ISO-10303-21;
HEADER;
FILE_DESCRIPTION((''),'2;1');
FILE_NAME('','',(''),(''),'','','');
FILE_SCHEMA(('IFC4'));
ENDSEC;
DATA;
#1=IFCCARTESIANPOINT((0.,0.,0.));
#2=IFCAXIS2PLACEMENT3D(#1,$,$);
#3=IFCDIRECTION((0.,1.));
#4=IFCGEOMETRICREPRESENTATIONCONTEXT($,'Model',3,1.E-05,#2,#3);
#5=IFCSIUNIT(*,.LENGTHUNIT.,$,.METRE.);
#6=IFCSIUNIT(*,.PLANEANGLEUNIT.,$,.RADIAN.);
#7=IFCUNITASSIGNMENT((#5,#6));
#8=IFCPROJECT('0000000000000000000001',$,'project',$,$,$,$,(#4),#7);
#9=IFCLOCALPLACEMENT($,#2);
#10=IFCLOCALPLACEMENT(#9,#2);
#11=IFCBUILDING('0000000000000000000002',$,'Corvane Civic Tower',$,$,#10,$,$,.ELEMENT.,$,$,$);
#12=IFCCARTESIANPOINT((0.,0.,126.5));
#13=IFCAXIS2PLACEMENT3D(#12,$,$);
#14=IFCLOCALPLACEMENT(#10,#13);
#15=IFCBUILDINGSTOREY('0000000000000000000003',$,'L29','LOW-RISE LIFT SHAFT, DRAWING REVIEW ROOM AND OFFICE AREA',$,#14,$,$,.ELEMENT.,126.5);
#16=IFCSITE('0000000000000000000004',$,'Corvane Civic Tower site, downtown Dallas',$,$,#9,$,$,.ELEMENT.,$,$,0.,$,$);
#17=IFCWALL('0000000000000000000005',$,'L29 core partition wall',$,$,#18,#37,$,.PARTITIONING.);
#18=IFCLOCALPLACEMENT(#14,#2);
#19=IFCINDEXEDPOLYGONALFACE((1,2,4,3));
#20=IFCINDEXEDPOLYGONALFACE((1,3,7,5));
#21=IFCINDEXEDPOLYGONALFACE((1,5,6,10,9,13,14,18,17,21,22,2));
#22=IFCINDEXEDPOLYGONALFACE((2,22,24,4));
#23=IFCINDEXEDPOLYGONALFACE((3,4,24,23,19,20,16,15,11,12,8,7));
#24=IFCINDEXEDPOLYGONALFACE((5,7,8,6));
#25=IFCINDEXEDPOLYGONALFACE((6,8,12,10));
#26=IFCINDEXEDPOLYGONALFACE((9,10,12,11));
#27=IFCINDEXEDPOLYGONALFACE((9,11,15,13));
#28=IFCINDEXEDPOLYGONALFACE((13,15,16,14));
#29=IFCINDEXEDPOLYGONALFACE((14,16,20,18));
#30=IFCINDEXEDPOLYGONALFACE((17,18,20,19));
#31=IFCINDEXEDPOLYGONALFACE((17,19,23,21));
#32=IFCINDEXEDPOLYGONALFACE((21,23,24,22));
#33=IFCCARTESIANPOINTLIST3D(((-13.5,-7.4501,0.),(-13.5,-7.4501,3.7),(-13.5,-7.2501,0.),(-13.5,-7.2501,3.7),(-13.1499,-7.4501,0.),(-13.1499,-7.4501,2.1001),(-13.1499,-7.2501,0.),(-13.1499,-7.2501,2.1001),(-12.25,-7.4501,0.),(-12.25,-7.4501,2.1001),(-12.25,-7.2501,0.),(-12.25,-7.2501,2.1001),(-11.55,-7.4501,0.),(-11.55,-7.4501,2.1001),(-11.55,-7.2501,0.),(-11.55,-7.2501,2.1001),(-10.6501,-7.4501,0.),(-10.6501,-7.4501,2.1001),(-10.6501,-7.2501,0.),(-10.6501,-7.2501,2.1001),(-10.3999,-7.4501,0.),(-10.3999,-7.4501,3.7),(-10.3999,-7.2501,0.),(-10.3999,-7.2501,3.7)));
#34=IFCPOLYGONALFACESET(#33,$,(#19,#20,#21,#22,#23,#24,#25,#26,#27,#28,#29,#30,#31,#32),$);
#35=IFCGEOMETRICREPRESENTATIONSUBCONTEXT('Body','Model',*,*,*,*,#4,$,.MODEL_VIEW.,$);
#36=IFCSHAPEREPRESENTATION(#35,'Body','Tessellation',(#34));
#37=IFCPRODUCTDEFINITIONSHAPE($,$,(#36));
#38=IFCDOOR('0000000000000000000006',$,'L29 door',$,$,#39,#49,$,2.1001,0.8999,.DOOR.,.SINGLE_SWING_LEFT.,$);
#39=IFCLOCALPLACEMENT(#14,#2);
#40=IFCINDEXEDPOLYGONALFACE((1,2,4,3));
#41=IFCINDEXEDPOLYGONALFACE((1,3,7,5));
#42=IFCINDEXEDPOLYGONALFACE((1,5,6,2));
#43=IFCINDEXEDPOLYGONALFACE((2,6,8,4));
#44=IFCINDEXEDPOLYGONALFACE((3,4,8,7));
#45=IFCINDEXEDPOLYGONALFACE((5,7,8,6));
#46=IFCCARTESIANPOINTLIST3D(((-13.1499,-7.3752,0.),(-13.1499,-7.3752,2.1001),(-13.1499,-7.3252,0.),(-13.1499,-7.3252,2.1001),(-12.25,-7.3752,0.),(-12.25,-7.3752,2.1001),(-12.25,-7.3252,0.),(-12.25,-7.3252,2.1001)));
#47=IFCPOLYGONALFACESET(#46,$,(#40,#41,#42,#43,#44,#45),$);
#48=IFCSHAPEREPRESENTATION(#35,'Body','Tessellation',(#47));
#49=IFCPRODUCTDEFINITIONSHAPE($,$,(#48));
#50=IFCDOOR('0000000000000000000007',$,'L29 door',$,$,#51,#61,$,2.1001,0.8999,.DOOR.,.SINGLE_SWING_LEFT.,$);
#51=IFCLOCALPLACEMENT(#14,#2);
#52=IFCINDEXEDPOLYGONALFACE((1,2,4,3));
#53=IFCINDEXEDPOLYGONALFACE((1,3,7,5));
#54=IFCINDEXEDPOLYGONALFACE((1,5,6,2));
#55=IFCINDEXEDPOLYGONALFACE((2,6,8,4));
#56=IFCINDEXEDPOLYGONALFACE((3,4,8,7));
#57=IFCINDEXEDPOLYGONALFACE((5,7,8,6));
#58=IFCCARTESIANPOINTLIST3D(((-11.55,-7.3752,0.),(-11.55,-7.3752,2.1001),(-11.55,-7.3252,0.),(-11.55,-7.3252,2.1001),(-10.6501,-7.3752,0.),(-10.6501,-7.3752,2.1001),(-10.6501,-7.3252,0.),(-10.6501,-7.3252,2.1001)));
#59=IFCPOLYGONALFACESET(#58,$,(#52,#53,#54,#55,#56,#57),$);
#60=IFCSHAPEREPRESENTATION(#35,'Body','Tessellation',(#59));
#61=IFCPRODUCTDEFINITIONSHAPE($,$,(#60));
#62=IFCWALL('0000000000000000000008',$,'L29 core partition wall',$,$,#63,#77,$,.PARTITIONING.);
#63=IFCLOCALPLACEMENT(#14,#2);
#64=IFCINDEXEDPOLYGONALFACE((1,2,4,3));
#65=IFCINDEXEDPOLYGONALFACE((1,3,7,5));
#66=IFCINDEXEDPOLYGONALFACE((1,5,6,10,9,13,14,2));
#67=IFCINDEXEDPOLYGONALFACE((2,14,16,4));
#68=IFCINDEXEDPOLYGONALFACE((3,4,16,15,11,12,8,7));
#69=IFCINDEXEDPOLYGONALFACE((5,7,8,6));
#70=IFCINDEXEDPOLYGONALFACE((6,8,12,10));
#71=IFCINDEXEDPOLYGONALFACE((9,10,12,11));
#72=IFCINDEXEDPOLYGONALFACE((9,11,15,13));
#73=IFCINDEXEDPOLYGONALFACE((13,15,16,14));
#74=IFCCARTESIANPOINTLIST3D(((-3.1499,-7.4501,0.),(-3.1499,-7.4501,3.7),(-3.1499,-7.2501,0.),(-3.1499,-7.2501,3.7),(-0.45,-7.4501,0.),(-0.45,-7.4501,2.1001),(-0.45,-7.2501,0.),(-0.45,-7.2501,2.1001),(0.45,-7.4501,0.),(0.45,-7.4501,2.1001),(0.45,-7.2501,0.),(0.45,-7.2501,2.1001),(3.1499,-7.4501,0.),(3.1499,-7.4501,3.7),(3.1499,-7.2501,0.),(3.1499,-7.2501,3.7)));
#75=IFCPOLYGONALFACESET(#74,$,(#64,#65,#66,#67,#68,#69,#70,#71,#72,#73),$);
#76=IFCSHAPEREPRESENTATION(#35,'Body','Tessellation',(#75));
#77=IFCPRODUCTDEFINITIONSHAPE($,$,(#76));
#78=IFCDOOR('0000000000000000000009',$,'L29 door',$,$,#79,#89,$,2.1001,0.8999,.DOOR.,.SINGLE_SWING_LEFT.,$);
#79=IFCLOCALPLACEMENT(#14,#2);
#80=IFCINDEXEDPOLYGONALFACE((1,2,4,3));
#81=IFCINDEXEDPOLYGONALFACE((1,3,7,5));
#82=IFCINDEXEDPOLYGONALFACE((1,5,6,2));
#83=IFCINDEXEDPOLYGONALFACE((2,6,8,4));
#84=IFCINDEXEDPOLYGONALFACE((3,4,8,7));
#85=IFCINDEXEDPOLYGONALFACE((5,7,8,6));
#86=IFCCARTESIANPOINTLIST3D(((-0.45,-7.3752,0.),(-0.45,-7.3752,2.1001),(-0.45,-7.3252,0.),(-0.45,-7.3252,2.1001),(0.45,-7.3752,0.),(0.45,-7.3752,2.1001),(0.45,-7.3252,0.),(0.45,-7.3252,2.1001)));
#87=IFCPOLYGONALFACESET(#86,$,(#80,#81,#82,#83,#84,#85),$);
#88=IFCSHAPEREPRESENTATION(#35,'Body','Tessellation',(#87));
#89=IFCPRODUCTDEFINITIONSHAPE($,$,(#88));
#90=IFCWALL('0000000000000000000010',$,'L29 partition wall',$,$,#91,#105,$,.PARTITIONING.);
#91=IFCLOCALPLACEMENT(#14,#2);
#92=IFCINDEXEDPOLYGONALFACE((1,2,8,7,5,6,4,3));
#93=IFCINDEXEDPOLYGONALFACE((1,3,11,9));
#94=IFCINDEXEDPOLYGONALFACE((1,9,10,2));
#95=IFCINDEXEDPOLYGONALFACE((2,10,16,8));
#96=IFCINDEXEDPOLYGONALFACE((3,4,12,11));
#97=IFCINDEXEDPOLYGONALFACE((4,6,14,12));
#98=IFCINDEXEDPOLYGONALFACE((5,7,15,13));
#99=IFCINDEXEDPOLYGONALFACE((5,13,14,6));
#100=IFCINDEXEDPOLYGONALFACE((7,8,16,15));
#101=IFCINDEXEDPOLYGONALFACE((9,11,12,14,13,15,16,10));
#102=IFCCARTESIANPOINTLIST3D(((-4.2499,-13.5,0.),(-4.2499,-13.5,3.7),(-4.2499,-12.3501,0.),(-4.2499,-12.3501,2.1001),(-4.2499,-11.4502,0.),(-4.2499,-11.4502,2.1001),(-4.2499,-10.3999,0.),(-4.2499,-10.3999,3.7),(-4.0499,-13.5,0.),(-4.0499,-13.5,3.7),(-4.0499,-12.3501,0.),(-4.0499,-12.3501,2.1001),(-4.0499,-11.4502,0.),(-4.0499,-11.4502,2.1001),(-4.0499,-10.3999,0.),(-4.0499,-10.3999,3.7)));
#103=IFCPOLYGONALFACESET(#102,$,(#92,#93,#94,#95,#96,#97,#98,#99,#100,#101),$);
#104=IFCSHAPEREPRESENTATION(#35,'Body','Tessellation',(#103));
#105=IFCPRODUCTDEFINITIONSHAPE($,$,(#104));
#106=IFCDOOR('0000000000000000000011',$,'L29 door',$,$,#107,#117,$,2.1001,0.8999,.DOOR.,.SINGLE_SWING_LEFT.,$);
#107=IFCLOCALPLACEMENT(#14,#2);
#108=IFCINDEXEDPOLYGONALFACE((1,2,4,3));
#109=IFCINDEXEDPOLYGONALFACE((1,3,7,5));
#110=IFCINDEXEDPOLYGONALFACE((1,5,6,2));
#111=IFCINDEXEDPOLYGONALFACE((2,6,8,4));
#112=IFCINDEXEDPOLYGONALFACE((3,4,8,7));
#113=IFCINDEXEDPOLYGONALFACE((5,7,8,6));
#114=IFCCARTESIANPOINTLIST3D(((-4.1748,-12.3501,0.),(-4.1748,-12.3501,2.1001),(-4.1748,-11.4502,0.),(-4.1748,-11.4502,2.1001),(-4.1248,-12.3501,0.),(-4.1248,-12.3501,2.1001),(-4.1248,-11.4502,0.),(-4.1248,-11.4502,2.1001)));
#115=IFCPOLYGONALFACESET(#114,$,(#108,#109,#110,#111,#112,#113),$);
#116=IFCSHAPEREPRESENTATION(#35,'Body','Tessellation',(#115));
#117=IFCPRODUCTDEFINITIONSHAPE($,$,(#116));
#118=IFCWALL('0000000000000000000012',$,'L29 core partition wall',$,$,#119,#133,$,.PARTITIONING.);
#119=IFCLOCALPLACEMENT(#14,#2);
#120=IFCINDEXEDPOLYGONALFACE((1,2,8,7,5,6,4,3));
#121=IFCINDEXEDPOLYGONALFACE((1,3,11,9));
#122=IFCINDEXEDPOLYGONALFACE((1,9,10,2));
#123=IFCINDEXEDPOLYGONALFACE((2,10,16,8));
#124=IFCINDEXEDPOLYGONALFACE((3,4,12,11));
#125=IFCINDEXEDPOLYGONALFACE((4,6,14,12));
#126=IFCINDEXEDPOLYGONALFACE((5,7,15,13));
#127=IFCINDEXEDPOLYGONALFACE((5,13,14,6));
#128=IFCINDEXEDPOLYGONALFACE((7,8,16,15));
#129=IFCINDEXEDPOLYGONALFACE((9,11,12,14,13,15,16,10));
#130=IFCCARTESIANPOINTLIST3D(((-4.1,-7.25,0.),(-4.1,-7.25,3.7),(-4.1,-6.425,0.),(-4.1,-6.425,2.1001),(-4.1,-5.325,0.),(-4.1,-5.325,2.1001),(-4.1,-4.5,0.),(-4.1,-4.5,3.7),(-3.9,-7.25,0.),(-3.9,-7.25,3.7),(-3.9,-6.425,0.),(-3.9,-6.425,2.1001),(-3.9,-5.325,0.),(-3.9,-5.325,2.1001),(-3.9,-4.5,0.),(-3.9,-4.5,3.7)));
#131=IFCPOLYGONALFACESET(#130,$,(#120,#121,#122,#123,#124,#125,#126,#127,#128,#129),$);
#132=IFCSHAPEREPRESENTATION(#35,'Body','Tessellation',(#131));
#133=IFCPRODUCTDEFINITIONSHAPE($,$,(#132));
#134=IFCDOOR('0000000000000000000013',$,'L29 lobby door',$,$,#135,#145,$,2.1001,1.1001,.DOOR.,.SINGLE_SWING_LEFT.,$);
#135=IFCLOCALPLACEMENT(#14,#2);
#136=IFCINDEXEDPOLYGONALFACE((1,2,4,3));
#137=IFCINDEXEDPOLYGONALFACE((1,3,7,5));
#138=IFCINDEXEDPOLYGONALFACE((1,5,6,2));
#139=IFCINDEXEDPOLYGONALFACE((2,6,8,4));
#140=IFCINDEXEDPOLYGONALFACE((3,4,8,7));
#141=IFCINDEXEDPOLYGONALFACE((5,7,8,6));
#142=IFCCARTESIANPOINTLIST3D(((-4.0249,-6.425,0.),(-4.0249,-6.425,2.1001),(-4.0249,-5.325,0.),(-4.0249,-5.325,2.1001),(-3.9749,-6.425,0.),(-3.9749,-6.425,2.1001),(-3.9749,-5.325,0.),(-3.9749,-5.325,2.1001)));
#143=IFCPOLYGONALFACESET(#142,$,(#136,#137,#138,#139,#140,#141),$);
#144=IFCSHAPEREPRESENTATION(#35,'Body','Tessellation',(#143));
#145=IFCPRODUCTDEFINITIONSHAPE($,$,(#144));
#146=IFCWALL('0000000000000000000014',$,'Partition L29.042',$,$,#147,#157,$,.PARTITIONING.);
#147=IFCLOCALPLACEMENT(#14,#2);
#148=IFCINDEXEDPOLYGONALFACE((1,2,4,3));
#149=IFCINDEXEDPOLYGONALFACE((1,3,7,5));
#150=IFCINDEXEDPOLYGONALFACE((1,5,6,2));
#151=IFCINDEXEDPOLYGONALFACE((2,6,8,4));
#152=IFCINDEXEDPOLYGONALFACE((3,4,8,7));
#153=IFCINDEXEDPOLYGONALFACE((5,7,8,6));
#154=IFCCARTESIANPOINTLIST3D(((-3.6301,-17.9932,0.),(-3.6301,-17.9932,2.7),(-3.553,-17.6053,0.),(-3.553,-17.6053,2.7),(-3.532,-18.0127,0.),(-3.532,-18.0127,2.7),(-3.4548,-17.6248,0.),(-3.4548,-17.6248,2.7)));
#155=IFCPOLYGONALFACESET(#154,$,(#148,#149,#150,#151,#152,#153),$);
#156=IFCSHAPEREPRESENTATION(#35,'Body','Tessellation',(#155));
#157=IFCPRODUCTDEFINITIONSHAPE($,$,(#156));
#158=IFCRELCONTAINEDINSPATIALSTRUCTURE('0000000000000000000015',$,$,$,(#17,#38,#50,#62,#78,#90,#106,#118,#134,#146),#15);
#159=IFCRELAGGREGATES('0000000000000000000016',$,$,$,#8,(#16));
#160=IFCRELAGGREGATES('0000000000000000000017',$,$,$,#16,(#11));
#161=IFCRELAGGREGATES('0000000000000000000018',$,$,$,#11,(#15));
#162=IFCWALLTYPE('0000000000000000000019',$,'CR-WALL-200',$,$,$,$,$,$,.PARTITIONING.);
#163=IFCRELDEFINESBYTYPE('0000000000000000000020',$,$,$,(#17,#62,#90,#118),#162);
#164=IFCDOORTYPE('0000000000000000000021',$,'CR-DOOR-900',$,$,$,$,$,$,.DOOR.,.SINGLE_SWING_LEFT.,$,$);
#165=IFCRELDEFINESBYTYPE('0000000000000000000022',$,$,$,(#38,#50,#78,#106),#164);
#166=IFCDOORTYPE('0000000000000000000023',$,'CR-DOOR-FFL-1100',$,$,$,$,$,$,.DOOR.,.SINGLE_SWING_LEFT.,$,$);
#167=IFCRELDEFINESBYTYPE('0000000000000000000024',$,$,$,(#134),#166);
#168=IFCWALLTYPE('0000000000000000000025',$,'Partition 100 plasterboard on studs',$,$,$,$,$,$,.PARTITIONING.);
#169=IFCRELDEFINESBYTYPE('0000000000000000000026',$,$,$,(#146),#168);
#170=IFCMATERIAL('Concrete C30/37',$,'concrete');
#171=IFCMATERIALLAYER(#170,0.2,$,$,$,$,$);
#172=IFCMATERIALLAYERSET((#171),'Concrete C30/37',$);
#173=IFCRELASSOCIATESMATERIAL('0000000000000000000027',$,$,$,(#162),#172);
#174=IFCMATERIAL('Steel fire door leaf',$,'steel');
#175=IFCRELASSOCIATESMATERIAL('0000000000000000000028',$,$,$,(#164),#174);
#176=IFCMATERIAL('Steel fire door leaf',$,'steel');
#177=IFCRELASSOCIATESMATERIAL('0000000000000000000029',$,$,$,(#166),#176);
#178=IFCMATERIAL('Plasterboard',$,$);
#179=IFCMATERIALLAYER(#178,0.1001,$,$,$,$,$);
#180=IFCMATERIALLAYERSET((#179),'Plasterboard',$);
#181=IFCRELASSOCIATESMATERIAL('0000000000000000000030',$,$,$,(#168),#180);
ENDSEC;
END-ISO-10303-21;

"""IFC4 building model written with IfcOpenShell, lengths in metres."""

from ifc_helpers import new_model, si_unit, direction, frame, frame_2d, origin, place, context, subcontext, project, spatial, rectangle, extrude, material, layer, layer_set, type_object, element, fill, save


model = new_model("IFC4")

# Units and contexts
model_context = context("Model", 3, precision=1e-05, world=origin(), true_north=direction((0.0, 1.0)))
body_context = subcontext(model_context, "Body", "Model", "MODEL_VIEW")
ifc_project = project(units=[si_unit("LENGTHUNIT", "METRE"), si_unit("PLANEANGLEUNIT", "RADIAN")], contexts=[model_context])

# Site, building, storey
site_placement = place(None, origin())
site = spatial("IfcSite", under=ifc_project, at=site_placement, Name="Corvane Civic Tower site, downtown Dallas", CompositionType="ELEMENT", RefElevation=0.0)
building_placement = place(site_placement, origin())
building = spatial("IfcBuilding", under=site, at=building_placement, Name="Corvane Civic Tower", CompositionType="ELEMENT")
storey_placement = place(building_placement, frame((0.0, 0.0, 126.5)))
storey = spatial("IfcBuildingStorey", under=building, at=storey_placement, Name="L29", Description="LOW-RISE LIFT SHAFT, DRAWING REVIEW ROOM AND OFFICE AREA", CompositionType="ELEMENT", Elevation=126.5)

# Shared definitions
ifc_material_1 = material(Name="Concrete C30/37", Category="concrete")
ifc_layer_1 = layer(ifc_material_1, 0.2)
ifc_layer_set_1 = layer_set([ifc_layer_1], Name="Concrete C30/37")
wall_type_1 = type_object("IfcWallType", Name="CR-WALL-200", PredefinedType="PARTITIONING", material=ifc_layer_set_1)
ifc_material_2 = material(Name="Steel fire door leaf", Category="steel")
door_type_1 = type_object("IfcDoorType", Name="CR-DOOR-900", OperationType="SINGLE_SWING_LEFT", PredefinedType="DOOR", material=ifc_material_2)

# Wall, openings, doors
wall_1_placement = place(storey_placement, frame((-13.5, -7.3501, 0.0), z_axis=(0.0, 0.0, 1.0), x_axis=(1.0, 0.0, 0.0)))
wall_1 = element("IfcWall", 1, at=wall_1_placement, inside=storey, type_object=wall_type_1, Name="L29 core partition wall", PredefinedType="PARTITIONING", context=body_context, shape_type="SweptSolid", body=[
    extrude(rectangle(XDim=3.1001, YDim=0.2, at=frame_2d((1.55, 0.0))), origin(), (0.0, 0.0, 1.0), 3.7),
])
opening_1_placement = place(wall_1_placement, frame((0.3501, 0.0, 0.0)))
opening_1 = element("IfcOpeningElement", 2, at=opening_1_placement, cuts=wall_1, PredefinedType="OPENING", context=body_context, shape_type="SweptSolid", body=[
    extrude(rectangle(XDim=0.8999, YDim=2.1001, at=frame_2d((0.45, 1.05))), frame((0.0, 0.1099, 0.0), z_axis=(0.0, -1.0, 0.0), x_axis=(1.0, 0.0, 0.0)), (0.0, 0.0, 1.0), 0.22),
])
opening_2_placement = place(wall_1_placement, frame((1.95, 0.0, 0.0)))
opening_2 = element("IfcOpeningElement", 3, at=opening_2_placement, cuts=wall_1, PredefinedType="OPENING", context=body_context, shape_type="SweptSolid", body=[
    extrude(rectangle(XDim=0.8999, YDim=2.1001, at=frame_2d((0.45, 1.05))), frame((0.0, 0.1099, 0.0), z_axis=(0.0, -1.0, 0.0), x_axis=(1.0, 0.0, 0.0)), (0.0, 0.0, 1.0), 0.22),
])
door_1_placement = place(opening_1_placement, origin())
door_1 = element("IfcDoor", 4, at=door_1_placement, inside=storey, type_object=door_type_1, Name="L29 door", OperationType="SINGLE_SWING_LEFT", OverallHeight=2.1001, OverallWidth=0.8999, PredefinedType="DOOR", context=body_context, shape_type="SweptSolid", body=[
    extrude(rectangle(XDim=0.8999, YDim=2.1001, at=frame_2d((0.45, 1.05))), frame((0.0, 0.0249, 0.0), z_axis=(0.0, -1.0, 0.0), x_axis=(1.0, 0.0, 0.0)), (0.0, 0.0, 1.0), 0.05),
])
fill(opening_1, door_1)
door_2_placement = place(opening_2_placement, origin())
door_2 = element("IfcDoor", 5, at=door_2_placement, inside=storey, type_object=door_type_1, Name="L29 door", OperationType="SINGLE_SWING_LEFT", OverallHeight=2.1001, OverallWidth=0.8999, PredefinedType="DOOR", context=body_context, shape_type="SweptSolid", body=[
    extrude(rectangle(XDim=0.8999, YDim=2.1001, at=frame_2d((0.45, 1.05))), frame((0.0, 0.0249, 0.0), z_axis=(0.0, -1.0, 0.0), x_axis=(1.0, 0.0, 0.0)), (0.0, 0.0, 1.0), 0.05),
])
fill(opening_2, door_2)

# Walls, openings, doors
wall_2_placement = place(storey_placement, frame((-3.1499, -7.3501, 0.0), z_axis=(0.0, 0.0, 1.0), x_axis=(1.0, 0.0, 0.0)))
wall_2 = element("IfcWall", 6, at=wall_2_placement, inside=storey, type_object=wall_type_1, Name="L29 core partition wall", PredefinedType="PARTITIONING", context=body_context, shape_type="SweptSolid", body=[
    extrude(rectangle(XDim=6.2998, YDim=0.2, at=frame_2d((3.1499, 0.0))), origin(), (0.0, 0.0, 1.0), 3.7),
])
opening_3_placement = place(wall_2_placement, frame((2.7, 0.0, 0.0)))
opening_3 = element("IfcOpeningElement", 7, at=opening_3_placement, cuts=wall_2, PredefinedType="OPENING", context=body_context, shape_type="SweptSolid", body=[
    extrude(rectangle(XDim=0.8999, YDim=2.1001, at=frame_2d((0.45, 1.05))), frame((0.0, 0.1099, 0.0), z_axis=(0.0, -1.0, 0.0), x_axis=(1.0, 0.0, 0.0)), (0.0, 0.0, 1.0), 0.22),
])
door_3_placement = place(opening_3_placement, origin())
door_3 = element("IfcDoor", 8, at=door_3_placement, inside=storey, type_object=door_type_1, Name="L29 door", OperationType="SINGLE_SWING_LEFT", OverallHeight=2.1001, OverallWidth=0.8999, PredefinedType="DOOR", context=body_context, shape_type="SweptSolid", body=[
    extrude(rectangle(XDim=0.8999, YDim=2.1001, at=frame_2d((0.45, 1.05))), frame((0.0, 0.0249, 0.0), z_axis=(0.0, -1.0, 0.0), x_axis=(1.0, 0.0, 0.0)), (0.0, 0.0, 1.0), 0.05),
])
fill(opening_3, door_3)
wall_3_placement = place(storey_placement, frame((-4.1499, -13.5, 0.0), z_axis=(0.0, 0.0, 1.0), x_axis=(0.0, 1.0, 0.0)))
wall_3 = element("IfcWall", 9, at=wall_3_placement, inside=storey, type_object=wall_type_1, Name="L29 partition wall", PredefinedType="PARTITIONING", context=body_context, shape_type="SweptSolid", body=[
    extrude(rectangle(XDim=3.1001, YDim=0.2, at=frame_2d((1.55, 0.0))), origin(), (0.0, 0.0, 1.0), 3.7),
])
opening_4_placement = place(wall_3_placement, frame((1.1499, 0.0, 0.0)))
opening_4 = element("IfcOpeningElement", 10, at=opening_4_placement, cuts=wall_3, PredefinedType="OPENING", context=body_context, shape_type="SweptSolid", body=[
    extrude(rectangle(XDim=0.8999, YDim=2.1001, at=frame_2d((0.45, 1.05))), frame((0.0, 0.1099, 0.0), z_axis=(0.0, -1.0, 0.0), x_axis=(1.0, 0.0, 0.0)), (0.0, 0.0, 1.0), 0.22),
])
door_4_placement = place(opening_4_placement, origin())
door_4 = element("IfcDoor", 11, at=door_4_placement, inside=storey, type_object=door_type_1, Name="L29 door", OperationType="SINGLE_SWING_LEFT", OverallHeight=2.1001, OverallWidth=0.8999, PredefinedType="DOOR", context=body_context, shape_type="SweptSolid", body=[
    extrude(rectangle(XDim=0.8999, YDim=2.1001, at=frame_2d((0.45, 1.05))), frame((0.0, 0.0249, 0.0), z_axis=(0.0, -1.0, 0.0), x_axis=(1.0, 0.0, 0.0)), (0.0, 0.0, 1.0), 0.05),
])
fill(opening_4, door_4)
wall_4_placement = place(storey_placement, frame((-4.0, -7.25, 0.0), z_axis=(0.0, 0.0, 1.0), x_axis=(0.0, 1.0, 0.0)))
wall_4 = element("IfcWall", 12, at=wall_4_placement, inside=storey, type_object=wall_type_1, Name="L29 core partition wall", PredefinedType="PARTITIONING", context=body_context, shape_type="SweptSolid", body=[
    extrude(rectangle(XDim=2.75, YDim=0.2, at=frame_2d((1.375, 0.0))), origin(), (0.0, 0.0, 1.0), 3.7),
])
opening_5_placement = place(wall_4_placement, frame((0.825, 0.0, 0.0)))
opening_5 = element("IfcOpeningElement", 13, at=opening_5_placement, cuts=wall_4, PredefinedType="OPENING", context=body_context, shape_type="SweptSolid", body=[
    extrude(rectangle(XDim=1.1001, YDim=2.1001, at=frame_2d((0.55, 1.05))), frame((0.0, 0.1099, 0.0), z_axis=(0.0, -1.0, 0.0), x_axis=(1.0, 0.0, 0.0)), (0.0, 0.0, 1.0), 0.22),
])
ifc_material_3 = material(Name="Steel fire door leaf", Category="steel")
door_type_2 = type_object("IfcDoorType", Name="CR-DOOR-FFL-1100", OperationType="SINGLE_SWING_LEFT", PredefinedType="DOOR", material=ifc_material_3)
door_5_placement = place(opening_5_placement, origin())
door_5 = element("IfcDoor", 14, at=door_5_placement, inside=storey, type_object=door_type_2, Name="L29 lobby door", OperationType="SINGLE_SWING_LEFT", OverallHeight=2.1001, OverallWidth=1.1001, PredefinedType="DOOR", context=body_context, shape_type="SweptSolid", body=[
    extrude(rectangle(XDim=1.1001, YDim=2.1001, at=frame_2d((0.55, 1.05))), frame((0.0, 0.0249, 0.0), z_axis=(0.0, -1.0, 0.0), x_axis=(1.0, 0.0, 0.0)), (0.0, 0.0, 1.0), 0.05),
])
fill(opening_5, door_5)

# Wall
ifc_material_4 = material(Name="Plasterboard")
ifc_layer_2 = layer(ifc_material_4, 0.1001)
ifc_layer_set_2 = layer_set([ifc_layer_2], Name="Plasterboard")
wall_type_2 = type_object("IfcWallType", Name="Partition 100 plasterboard on studs", PredefinedType="PARTITIONING", material=ifc_layer_set_2)
wall_5_placement = place(storey_placement, frame((-3.5811, -18.0029, 0.0), z_axis=(0.0, 0.0, 1.0), x_axis=(0.195048, 0.980794, 0.0)))
element("IfcWall", 15, at=wall_5_placement, inside=storey, type_object=wall_type_2, Name="Partition L29.042", PredefinedType="PARTITIONING", context=body_context, shape_type="SweptSolid", body=[
    extrude(rectangle(XDim=0.3955, YDim=0.1001, at=frame_2d((0.1978, 0.0))), origin(), (0.0, 0.0, 1.0), 2.7),
])

save(model, "model.ifc")
